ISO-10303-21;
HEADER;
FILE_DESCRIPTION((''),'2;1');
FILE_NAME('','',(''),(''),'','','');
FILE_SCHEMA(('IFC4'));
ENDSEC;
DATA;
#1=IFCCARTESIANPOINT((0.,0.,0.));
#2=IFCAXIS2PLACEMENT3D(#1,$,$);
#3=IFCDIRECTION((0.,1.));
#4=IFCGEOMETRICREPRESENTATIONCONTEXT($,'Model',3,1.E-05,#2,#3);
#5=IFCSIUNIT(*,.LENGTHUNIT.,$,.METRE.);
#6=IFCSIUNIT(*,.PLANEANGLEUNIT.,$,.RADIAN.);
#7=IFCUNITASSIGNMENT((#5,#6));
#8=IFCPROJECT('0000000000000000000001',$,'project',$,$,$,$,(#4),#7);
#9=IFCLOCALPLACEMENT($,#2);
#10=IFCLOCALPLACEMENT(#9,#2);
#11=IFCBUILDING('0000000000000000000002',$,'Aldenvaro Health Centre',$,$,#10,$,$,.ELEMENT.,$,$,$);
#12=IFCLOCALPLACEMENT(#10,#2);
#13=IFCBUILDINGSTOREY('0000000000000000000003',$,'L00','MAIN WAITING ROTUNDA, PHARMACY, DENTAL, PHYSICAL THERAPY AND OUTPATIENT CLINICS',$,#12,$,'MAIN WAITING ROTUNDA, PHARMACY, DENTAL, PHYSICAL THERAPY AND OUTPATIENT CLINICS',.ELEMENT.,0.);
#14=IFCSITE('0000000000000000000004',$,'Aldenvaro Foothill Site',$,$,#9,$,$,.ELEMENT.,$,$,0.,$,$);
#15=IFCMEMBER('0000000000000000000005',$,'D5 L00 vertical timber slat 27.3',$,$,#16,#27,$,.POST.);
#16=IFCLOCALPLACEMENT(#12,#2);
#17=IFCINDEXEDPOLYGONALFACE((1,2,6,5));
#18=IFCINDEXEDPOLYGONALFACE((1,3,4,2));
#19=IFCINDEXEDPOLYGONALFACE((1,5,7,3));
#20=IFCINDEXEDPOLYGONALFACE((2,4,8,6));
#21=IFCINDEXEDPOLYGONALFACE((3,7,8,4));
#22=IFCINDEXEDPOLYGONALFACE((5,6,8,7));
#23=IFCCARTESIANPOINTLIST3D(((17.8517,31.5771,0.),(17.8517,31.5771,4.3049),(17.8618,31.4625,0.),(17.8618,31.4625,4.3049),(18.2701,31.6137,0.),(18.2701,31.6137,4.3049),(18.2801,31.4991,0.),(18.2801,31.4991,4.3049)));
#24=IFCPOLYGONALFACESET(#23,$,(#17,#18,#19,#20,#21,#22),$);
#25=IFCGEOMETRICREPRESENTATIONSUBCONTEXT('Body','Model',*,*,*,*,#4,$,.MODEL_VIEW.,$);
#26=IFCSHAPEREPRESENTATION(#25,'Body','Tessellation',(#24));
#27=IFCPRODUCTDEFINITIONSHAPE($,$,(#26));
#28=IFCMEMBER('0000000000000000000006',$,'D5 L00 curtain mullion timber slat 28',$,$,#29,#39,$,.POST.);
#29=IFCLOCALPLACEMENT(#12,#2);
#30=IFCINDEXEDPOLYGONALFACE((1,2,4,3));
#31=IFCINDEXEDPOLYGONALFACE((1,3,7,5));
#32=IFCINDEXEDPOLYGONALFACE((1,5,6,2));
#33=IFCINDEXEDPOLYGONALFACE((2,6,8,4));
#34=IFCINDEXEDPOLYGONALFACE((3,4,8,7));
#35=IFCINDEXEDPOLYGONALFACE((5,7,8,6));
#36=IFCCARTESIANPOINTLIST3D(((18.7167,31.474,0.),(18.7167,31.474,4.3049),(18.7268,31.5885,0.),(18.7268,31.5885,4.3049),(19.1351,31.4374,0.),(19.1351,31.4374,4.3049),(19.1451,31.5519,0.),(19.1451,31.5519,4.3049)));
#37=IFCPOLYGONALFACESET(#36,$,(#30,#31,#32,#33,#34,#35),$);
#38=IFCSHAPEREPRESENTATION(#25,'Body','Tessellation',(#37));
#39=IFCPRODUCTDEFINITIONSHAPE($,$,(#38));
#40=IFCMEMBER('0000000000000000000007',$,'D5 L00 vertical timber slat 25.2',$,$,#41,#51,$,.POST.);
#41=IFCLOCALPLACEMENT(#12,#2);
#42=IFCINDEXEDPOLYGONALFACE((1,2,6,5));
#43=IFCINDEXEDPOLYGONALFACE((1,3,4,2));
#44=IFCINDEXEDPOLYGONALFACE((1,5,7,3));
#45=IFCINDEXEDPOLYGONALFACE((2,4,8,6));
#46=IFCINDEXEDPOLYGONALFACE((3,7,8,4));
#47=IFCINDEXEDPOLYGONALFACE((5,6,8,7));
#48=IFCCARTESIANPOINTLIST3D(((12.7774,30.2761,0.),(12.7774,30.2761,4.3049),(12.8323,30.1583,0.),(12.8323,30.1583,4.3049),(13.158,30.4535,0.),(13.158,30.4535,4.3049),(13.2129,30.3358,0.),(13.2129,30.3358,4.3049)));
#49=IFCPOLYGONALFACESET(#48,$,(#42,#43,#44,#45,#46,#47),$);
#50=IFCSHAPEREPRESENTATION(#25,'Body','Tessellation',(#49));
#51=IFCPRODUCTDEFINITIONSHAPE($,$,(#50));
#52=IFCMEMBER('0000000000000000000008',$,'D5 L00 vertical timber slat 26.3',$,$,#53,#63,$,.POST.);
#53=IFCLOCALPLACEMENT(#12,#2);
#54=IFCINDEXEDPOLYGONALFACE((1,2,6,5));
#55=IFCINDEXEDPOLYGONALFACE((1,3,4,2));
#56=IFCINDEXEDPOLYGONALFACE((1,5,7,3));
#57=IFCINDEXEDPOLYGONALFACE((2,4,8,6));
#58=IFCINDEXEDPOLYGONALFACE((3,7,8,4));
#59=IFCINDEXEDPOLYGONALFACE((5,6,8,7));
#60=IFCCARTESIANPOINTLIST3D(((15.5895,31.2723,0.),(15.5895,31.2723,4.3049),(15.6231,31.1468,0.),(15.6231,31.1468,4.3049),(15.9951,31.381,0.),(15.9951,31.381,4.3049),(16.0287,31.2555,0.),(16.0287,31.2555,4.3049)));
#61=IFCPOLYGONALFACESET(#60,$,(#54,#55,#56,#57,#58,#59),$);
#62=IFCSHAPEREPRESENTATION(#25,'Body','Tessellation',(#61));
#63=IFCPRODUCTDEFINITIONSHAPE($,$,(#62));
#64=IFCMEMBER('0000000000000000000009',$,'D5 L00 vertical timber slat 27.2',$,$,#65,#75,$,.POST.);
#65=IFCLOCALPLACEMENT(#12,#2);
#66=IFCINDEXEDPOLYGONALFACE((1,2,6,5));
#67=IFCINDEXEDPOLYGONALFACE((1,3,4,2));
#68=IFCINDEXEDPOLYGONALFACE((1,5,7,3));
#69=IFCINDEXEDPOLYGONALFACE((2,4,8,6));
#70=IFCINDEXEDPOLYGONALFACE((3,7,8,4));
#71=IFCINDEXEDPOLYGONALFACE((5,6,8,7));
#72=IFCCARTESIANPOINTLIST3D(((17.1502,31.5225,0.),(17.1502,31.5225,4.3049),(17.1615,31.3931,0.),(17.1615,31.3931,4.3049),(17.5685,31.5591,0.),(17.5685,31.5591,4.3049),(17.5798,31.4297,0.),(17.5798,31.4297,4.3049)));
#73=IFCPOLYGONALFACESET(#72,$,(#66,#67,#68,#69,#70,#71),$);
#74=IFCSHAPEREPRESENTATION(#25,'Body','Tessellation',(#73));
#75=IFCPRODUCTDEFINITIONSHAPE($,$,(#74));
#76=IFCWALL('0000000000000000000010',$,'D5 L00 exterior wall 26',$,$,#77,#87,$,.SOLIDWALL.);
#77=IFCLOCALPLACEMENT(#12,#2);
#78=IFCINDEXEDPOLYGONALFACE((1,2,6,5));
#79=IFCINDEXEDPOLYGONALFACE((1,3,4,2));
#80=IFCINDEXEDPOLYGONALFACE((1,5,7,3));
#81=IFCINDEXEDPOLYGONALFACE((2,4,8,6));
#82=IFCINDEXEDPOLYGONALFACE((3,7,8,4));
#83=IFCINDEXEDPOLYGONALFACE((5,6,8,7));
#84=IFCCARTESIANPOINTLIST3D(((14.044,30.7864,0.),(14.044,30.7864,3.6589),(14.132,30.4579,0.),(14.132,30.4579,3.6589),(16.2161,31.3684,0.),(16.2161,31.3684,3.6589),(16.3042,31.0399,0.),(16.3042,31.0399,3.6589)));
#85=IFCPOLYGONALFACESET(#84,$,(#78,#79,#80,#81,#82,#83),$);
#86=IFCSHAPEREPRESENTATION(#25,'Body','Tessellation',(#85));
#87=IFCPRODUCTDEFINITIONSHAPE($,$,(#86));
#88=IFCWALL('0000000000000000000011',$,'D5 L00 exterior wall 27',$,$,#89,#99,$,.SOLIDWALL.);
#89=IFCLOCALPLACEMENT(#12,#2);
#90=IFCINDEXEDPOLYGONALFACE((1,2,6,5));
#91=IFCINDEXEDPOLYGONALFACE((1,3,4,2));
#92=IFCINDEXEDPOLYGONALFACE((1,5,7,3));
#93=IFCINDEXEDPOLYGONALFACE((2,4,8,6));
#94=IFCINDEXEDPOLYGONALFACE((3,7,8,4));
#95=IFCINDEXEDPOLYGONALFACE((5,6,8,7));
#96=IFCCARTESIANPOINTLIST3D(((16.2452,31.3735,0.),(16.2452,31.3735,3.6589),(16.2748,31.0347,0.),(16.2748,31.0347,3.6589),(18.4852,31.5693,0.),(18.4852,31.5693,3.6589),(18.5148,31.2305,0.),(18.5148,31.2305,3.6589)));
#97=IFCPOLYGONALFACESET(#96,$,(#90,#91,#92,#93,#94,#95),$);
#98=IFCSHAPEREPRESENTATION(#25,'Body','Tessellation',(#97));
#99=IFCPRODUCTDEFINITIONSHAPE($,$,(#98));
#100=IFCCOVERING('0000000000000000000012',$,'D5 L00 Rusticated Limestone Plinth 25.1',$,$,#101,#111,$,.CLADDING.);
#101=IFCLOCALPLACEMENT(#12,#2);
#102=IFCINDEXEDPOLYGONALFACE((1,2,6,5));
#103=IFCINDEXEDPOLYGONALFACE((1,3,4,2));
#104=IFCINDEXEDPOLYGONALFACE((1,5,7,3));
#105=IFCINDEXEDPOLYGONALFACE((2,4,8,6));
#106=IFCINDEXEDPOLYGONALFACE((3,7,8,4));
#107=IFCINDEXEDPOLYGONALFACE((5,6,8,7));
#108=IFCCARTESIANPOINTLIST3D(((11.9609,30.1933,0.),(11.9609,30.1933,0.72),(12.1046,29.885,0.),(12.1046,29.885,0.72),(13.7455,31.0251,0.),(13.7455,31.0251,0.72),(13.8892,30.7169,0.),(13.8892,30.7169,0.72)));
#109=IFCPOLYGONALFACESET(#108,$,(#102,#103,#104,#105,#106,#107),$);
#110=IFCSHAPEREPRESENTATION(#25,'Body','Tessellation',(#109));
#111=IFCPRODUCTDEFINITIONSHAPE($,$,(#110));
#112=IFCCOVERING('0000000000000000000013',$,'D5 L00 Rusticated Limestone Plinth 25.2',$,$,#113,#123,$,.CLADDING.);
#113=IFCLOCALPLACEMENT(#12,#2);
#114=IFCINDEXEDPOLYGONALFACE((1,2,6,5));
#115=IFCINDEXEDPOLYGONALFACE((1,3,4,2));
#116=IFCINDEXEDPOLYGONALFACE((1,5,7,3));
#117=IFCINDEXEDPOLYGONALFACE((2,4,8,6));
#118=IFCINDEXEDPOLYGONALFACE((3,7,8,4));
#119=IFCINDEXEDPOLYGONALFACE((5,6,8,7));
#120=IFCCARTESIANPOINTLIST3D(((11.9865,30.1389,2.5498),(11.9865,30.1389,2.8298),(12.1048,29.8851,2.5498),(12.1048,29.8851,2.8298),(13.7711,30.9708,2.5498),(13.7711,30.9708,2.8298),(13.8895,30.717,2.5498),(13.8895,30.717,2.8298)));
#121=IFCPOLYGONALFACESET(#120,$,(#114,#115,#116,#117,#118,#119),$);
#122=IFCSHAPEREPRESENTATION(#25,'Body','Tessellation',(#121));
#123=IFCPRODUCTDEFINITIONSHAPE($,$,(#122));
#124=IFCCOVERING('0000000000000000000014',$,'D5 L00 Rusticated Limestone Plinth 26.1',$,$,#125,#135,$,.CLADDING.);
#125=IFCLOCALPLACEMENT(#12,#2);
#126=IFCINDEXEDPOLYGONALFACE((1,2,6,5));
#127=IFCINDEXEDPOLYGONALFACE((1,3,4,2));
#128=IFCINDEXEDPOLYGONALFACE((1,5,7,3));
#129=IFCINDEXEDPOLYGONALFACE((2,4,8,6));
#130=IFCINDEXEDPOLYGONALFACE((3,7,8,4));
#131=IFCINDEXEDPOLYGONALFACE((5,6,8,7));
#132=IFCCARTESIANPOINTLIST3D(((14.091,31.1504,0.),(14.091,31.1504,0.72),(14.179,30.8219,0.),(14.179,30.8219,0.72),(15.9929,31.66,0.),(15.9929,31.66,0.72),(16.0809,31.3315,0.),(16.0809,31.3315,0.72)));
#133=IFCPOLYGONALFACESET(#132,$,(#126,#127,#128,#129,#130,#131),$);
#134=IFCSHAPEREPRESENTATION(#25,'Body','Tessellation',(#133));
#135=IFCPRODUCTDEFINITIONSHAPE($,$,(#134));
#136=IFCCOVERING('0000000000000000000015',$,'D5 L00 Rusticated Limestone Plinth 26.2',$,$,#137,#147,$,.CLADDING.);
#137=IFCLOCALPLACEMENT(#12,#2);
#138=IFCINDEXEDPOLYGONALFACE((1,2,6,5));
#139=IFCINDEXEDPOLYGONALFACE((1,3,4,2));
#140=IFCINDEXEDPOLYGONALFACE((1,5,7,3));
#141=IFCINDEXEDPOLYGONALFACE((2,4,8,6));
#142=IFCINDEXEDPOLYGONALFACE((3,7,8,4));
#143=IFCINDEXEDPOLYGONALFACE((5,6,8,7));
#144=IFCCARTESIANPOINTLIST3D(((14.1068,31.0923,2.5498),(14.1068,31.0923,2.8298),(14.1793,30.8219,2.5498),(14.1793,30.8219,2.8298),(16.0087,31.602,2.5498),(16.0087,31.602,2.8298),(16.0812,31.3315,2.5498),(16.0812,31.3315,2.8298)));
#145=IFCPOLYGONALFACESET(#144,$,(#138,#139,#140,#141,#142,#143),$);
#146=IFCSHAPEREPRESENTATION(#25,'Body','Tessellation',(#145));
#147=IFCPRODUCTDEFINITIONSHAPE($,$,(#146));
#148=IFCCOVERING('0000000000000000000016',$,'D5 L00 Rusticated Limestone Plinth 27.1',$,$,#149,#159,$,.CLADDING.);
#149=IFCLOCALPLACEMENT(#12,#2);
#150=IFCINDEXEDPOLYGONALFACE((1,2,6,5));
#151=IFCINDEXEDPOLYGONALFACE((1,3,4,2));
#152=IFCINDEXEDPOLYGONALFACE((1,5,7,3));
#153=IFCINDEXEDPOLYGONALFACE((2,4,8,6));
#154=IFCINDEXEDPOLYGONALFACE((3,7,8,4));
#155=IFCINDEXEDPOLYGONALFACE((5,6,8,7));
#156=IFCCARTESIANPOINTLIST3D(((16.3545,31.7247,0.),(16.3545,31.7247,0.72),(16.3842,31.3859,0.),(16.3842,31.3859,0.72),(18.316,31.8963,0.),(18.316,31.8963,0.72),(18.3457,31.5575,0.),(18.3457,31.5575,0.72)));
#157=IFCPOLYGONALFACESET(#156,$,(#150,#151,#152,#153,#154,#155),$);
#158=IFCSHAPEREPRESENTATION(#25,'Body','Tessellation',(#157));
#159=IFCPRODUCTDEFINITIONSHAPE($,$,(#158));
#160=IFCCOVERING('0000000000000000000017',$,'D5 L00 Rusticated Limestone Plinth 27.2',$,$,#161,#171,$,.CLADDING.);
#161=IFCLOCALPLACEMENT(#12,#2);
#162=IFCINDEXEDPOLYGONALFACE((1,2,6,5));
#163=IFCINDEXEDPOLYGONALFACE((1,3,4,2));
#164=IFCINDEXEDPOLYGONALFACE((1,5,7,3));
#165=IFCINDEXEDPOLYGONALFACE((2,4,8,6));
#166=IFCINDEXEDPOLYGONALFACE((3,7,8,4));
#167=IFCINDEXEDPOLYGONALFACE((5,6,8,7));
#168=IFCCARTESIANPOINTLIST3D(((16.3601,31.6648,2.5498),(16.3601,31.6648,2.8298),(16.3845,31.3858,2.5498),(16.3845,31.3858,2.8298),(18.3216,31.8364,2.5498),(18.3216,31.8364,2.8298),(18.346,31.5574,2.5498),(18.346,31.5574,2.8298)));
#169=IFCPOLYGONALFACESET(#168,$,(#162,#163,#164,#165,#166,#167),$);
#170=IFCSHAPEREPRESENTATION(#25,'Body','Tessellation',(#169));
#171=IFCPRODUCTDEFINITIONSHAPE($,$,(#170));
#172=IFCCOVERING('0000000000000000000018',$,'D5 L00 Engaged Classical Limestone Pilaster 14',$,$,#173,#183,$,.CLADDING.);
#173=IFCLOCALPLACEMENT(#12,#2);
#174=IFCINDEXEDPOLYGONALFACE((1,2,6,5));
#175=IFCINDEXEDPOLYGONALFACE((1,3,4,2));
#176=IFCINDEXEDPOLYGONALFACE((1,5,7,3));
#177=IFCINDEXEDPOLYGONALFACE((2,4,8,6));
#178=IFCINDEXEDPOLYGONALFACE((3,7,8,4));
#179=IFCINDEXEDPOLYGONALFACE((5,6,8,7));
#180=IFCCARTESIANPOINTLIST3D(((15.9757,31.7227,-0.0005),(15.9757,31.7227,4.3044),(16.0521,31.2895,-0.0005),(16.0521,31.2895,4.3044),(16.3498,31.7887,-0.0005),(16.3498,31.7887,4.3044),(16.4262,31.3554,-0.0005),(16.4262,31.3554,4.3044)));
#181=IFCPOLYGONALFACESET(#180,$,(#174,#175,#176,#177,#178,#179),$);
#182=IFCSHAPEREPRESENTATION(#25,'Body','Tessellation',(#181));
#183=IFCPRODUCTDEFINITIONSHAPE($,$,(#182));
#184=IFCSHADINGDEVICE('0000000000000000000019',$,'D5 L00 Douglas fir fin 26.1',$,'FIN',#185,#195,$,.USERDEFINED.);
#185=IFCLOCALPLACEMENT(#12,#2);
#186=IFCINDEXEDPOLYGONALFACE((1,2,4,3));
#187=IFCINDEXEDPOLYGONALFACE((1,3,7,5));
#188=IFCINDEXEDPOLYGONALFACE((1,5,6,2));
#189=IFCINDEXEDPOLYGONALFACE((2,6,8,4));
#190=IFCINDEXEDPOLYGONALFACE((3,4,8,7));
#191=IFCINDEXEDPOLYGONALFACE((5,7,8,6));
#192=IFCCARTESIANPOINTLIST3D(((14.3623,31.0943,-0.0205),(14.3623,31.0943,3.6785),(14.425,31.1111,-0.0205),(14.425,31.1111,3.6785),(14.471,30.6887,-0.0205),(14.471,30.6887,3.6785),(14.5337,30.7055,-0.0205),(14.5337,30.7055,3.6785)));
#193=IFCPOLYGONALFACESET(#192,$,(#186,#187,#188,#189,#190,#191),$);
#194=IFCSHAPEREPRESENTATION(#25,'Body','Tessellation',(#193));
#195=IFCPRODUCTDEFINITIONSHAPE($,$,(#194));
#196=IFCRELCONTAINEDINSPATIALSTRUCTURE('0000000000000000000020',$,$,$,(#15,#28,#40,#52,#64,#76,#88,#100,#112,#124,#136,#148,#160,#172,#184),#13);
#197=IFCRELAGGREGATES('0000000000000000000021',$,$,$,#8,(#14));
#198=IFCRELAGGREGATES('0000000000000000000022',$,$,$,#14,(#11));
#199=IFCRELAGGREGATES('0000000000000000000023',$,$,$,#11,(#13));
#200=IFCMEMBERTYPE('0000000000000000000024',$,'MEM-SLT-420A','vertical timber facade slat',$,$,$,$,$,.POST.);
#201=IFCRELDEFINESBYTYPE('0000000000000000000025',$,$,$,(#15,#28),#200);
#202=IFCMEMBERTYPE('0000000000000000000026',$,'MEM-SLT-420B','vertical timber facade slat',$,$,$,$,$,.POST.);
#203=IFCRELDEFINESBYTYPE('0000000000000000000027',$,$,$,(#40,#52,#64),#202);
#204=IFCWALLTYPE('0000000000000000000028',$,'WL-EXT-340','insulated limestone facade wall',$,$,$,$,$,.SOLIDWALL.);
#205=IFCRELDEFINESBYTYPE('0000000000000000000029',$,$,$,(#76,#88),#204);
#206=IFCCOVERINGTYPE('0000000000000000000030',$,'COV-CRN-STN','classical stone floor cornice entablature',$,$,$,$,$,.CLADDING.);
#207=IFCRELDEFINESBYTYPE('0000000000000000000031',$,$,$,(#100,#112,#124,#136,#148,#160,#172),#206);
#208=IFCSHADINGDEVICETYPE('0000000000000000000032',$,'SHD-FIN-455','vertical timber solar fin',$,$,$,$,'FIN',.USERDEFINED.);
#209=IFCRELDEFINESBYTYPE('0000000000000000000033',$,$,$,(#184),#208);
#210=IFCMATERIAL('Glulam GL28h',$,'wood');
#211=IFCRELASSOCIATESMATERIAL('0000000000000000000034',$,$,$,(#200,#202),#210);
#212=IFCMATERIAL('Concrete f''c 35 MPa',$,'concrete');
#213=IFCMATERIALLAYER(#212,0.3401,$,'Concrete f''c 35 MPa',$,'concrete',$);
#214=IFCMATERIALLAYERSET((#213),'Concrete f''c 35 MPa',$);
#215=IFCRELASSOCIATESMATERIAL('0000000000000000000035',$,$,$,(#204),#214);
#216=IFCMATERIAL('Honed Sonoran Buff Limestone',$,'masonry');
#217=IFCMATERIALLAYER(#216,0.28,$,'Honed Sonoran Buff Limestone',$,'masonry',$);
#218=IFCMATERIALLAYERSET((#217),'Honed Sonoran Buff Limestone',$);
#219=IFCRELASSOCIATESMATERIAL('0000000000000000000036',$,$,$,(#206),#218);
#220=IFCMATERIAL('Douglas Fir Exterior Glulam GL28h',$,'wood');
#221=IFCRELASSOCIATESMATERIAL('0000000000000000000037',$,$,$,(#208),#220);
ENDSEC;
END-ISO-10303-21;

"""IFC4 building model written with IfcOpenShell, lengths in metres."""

from ifc_helpers import new_model, si_unit, direction, frame, frame_2d, origin, origin_2d, place, context, subcontext, project, spatial, rectangle, extrude, material, layer, layer_set, material_profile, profile_set, type_object, element, save


model = new_model("IFC4")

# Units and contexts
model_context = context("Model", 3, precision=1e-05, world=origin(), true_north=direction((0.0, 1.0)))
body_context = subcontext(model_context, "Body", "Model", "MODEL_VIEW")
ifc_project = project(units=[si_unit("LENGTHUNIT", "METRE"), si_unit("PLANEANGLEUNIT", "RADIAN")], contexts=[model_context])

# Site, building, storey
site_placement = place(None, origin())
site = spatial("IfcSite", under=ifc_project, at=site_placement, Name="Aldenvaro Foothill Site", CompositionType="ELEMENT", RefElevation=0.0)
building_placement = place(site_placement, origin())
building = spatial("IfcBuilding", under=site, at=building_placement, Name="Aldenvaro Health Centre", CompositionType="ELEMENT")
storey_placement = place(building_placement, origin())
storey = spatial("IfcBuildingStorey", under=building, at=storey_placement, Name="L00", Description="MAIN WAITING ROTUNDA, PHARMACY, DENTAL, PHYSICAL THERAPY AND OUTPATIENT CLINICS", LongName="MAIN WAITING ROTUNDA, PHARMACY, DENTAL, PHYSICAL THERAPY AND OUTPATIENT CLINICS", CompositionType="ELEMENT", Elevation=0.0)

# Shared definitions
ifc_material_1 = material(Name="Glulam GL28h", Category="wood")

# Members
ifc_material_profile_1 = material_profile(ifc_material_1, rectangle(XDim=0.115, YDim=0.4199, at=origin_2d()), Name="GL 115x420", Category="wood")
ifc_profile_set_1 = profile_set([ifc_material_profile_1], Name="Glulam GL28h")
member_type_1 = type_object("IfcMemberType", Name="MEM-SLT-420A", Description="vertical timber facade slat", PredefinedType="POST", material=ifc_profile_set_1)
for number, where, z_axis, x_axis, name in (
    (1, (18.0659, 31.5381, 0.0), (0.0, 0.0, 1.0), (-0.087167, 0.996194, 0.0), "D5 L00 vertical timber slat 27.3"),
    (2, (18.9309, 31.5129, 0.0), (0.0, 0.0, 1.0), (0.087167, 0.996194, 0.0), "D5 L00 curtain mullion timber slat 28"),
):
    element("IfcMember", number, at=place(storey_placement, frame(where, z_axis=z_axis, x_axis=x_axis)), inside=storey, type_object=member_type_1, Name=name, PredefinedType="POST", context=body_context, shape_type="SweptSolid", body=[
        extrude(rectangle(XDim=0.115, YDim=0.4199, at=origin_2d()), origin(), (0.0, 0.0, 1.0), 4.3049),
    ])
ifc_material_profile_2 = material_profile(ifc_material_1, rectangle(XDim=0.1299, YDim=0.4199, at=origin_2d()), Name="GL 130x420", Category="wood")
ifc_profile_set_2 = profile_set([ifc_material_profile_2], Name="Glulam GL28h")
member_type_2 = type_object("IfcMemberType", Name="MEM-SLT-420B", Description="vertical timber facade slat", PredefinedType="POST", material=ifc_profile_set_2)
for number, where, z_axis, x_axis, name in (
    (3, (12.9951, 30.3059, 0.0), (0.0, 0.0, 1.0), (-0.422496, 0.906365, 0.0), "D5 L00 vertical timber slat 25.2"),
    (4, (15.8091, 31.2639, 0.0), (0.0, 0.0, 1.0), (-0.258825, 0.965924, 0.0), "D5 L00 vertical timber slat 26.3"),
    (5, (17.365, 31.4761, 0.0), (0.0, 0.0, 1.0), (-0.087167, 0.996194, 0.0), "D5 L00 vertical timber slat 27.2"),
):
    element("IfcMember", number, at=place(storey_placement, frame(where, z_axis=z_axis, x_axis=x_axis)), inside=storey, type_object=member_type_2, Name=name, PredefinedType="POST", context=body_context, shape_type="SweptSolid", body=[
        extrude(rectangle(XDim=0.1299, YDim=0.4199, at=origin_2d()), origin(), (0.0, 0.0, 1.0), 4.3049),
    ])

# Walls
ifc_material_2 = material(Name="Concrete f'c 35 MPa", Category="concrete")
ifc_layer_1 = layer(ifc_material_2, 0.3401, Name="Concrete f'c 35 MPa", Category="concrete")
ifc_layer_set_1 = layer_set([ifc_layer_1], Name="Concrete f'c 35 MPa")
wall_type = type_object("IfcWallType", Name="WL-EXT-340", Description="insulated limestone facade wall", PredefinedType="SOLIDWALL", material=ifc_layer_set_1)
wall_1_placement = place(storey_placement, frame((14.0879, 30.6221, 0.0), z_axis=(0.0, 0.0, 1.0), x_axis=(0.965924, 0.258825, 0.0)))
element("IfcWall", 6, at=wall_1_placement, inside=storey, type_object=wall_type, Name="D5 L00 exterior wall 26", PredefinedType="SOLIDWALL", context=body_context, shape_type="SweptSolid", body=[
    extrude(rectangle(XDim=2.2488, YDim=0.3401, at=frame_2d((1.1245, 0.0))), origin(), (0.0, 0.0, 1.0), 3.6589),
])
wall_2_placement = place(storey_placement, frame((16.26, 31.2041, 0.0), z_axis=(0.0, 0.0, 1.0), x_axis=(0.996201, 0.087079, 0.0)))
element("IfcWall", 7, at=wall_2_placement, inside=storey, type_object=wall_type, Name="D5 L00 exterior wall 27", PredefinedType="SOLIDWALL", context=body_context, shape_type="SweptSolid", body=[
    extrude(rectangle(XDim=2.2485, YDim=0.3401, at=frame_2d((1.1243, 0.0))), origin(), (0.0, 0.0, 1.0), 3.6589),
])

# Coverings
ifc_material_3 = material(Name="Honed Sonoran Buff Limestone", Category="masonry")
ifc_layer_2 = layer(ifc_material_3, 0.28, Name="Honed Sonoran Buff Limestone", Category="masonry")
ifc_layer_set_2 = layer_set([ifc_layer_2], Name="Honed Sonoran Buff Limestone")
covering_type = type_object("IfcCoveringType", Name="COV-CRN-STN", Description="classical stone floor cornice entablature", PredefinedType="CLADDING", material=ifc_layer_set_2)
covering_1_placement = place(storey_placement, frame((12.925, 30.4551, 0.0), z_axis=(0.0, 0.0, 1.0), x_axis=(0.906365, 0.422496, 0.0)))
element("IfcCovering", 8, at=covering_1_placement, inside=storey, type_object=covering_type, Name="D5 L00 Rusticated Limestone Plinth 25.1", PredefinedType="CLADDING", context=body_context, shape_type="SweptSolid", body=[
    extrude(rectangle(XDim=1.969, YDim=0.3401, at=origin_2d()), origin(), (0.0, 0.0, 1.0), 0.72),
])
covering_2_placement = place(storey_placement, frame((12.938, 30.428, 2.5498), z_axis=(0.0, 0.0, 1.0), x_axis=(0.906365, 0.422496, 0.0)))
element("IfcCovering", 9, at=covering_2_placement, inside=storey, type_object=covering_type, Name="D5 L00 Rusticated Limestone Plinth 25.2", PredefinedType="CLADDING", context=body_context, shape_type="SweptSolid", body=[
    extrude(rectangle(XDim=1.969, YDim=0.28, at=origin_2d()), origin(), (0.0, 0.0, 1.0), 0.28),
])
covering_3_placement = place(storey_placement, frame((15.0859, 31.241, 0.0), z_axis=(0.0, 0.0, 1.0), x_axis=(0.965924, 0.258825, 0.0)))
element("IfcCovering", 10, at=covering_3_placement, inside=storey, type_object=covering_type, Name="D5 L00 Rusticated Limestone Plinth 26.1", PredefinedType="CLADDING", context=body_context, shape_type="SweptSolid", body=[
    extrude(rectangle(XDim=1.969, YDim=0.3401, at=origin_2d()), origin(), (0.0, 0.0, 1.0), 0.72),
])
covering_4_placement = place(storey_placement, frame((15.094, 31.2119, 2.5498), z_axis=(0.0, 0.0, 1.0), x_axis=(0.965924, 0.258825, 0.0)))
element("IfcCovering", 11, at=covering_4_placement, inside=storey, type_object=covering_type, Name="D5 L00 Rusticated Limestone Plinth 26.2", PredefinedType="CLADDING", context=body_context, shape_type="SweptSolid", body=[
    extrude(rectangle(XDim=1.969, YDim=0.28, at=origin_2d()), origin(), (0.0, 0.0, 1.0), 0.28),
])
covering_5_placement = place(storey_placement, frame((17.3501, 31.6411, 0.0), z_axis=(0.0, 0.0, 1.0), x_axis=(0.996194, 0.087167, 0.0)))
element("IfcCovering", 12, at=covering_5_placement, inside=storey, type_object=covering_type, Name="D5 L00 Rusticated Limestone Plinth 27.1", PredefinedType="CLADDING", context=body_context, shape_type="SweptSolid", body=[
    extrude(rectangle(XDim=1.969, YDim=0.3401, at=origin_2d()), origin(), (0.0, 0.0, 1.0), 0.72),
])
covering_6_placement = place(storey_placement, frame((17.353, 31.6111, 2.5498), z_axis=(0.0, 0.0, 1.0), x_axis=(0.996194, 0.087167, 0.0)))
element("IfcCovering", 13, at=covering_6_placement, inside=storey, type_object=covering_type, Name="D5 L00 Rusticated Limestone Plinth 27.2", PredefinedType="CLADDING", context=body_context, shape_type="SweptSolid", body=[
    extrude(rectangle(XDim=1.969, YDim=0.28, at=origin_2d()), origin(), (0.0, 0.0, 1.0), 0.28),
])
covering_7_placement = place(storey_placement, frame((16.2009, 31.5391, -0.0005), z_axis=(0.0, 0.0, 1.0), x_axis=(-0.173644, 0.984809, 0.0)))
element("IfcCovering", 14, at=covering_7_placement, inside=storey, type_object=covering_type, Name="D5 L00 Engaged Classical Limestone Pilaster 14", PredefinedType="CLADDING", context=body_context, shape_type="SweptSolid", body=[
    extrude(rectangle(XDim=0.4399, YDim=0.3799, at=origin_2d()), origin(), (0.0, 0.0, 1.0), 4.3049),
])

# Shading device
ifc_material_4 = material(Name="Douglas Fir Exterior Glulam GL28h", Category="wood")
shading_device_type = type_object("IfcShadingDeviceType", Name="SHD-FIN-455", Description="vertical timber solar fin", ElementType="FIN", PredefinedType="USERDEFINED", material=ifc_material_4)
shading_device_placement = place(storey_placement, frame((14.448, 30.8999, -0.0205), z_axis=(0.0, 0.0, 1.0), x_axis=(0.965924, 0.258825, 0.0)))
element("IfcShadingDevice", 15, at=shading_device_placement, inside=storey, type_object=shading_device_type, Name="D5 L00 Douglas fir fin 26.1", ObjectType="FIN", PredefinedType="USERDEFINED", context=body_context, shape_type="SweptSolid", body=[
    extrude(rectangle(XDim=0.0649, YDim=0.4199, at=origin_2d()), origin(), (0.0, 0.0, 1.0), 3.699),
])

save(model, "model.ifc")
